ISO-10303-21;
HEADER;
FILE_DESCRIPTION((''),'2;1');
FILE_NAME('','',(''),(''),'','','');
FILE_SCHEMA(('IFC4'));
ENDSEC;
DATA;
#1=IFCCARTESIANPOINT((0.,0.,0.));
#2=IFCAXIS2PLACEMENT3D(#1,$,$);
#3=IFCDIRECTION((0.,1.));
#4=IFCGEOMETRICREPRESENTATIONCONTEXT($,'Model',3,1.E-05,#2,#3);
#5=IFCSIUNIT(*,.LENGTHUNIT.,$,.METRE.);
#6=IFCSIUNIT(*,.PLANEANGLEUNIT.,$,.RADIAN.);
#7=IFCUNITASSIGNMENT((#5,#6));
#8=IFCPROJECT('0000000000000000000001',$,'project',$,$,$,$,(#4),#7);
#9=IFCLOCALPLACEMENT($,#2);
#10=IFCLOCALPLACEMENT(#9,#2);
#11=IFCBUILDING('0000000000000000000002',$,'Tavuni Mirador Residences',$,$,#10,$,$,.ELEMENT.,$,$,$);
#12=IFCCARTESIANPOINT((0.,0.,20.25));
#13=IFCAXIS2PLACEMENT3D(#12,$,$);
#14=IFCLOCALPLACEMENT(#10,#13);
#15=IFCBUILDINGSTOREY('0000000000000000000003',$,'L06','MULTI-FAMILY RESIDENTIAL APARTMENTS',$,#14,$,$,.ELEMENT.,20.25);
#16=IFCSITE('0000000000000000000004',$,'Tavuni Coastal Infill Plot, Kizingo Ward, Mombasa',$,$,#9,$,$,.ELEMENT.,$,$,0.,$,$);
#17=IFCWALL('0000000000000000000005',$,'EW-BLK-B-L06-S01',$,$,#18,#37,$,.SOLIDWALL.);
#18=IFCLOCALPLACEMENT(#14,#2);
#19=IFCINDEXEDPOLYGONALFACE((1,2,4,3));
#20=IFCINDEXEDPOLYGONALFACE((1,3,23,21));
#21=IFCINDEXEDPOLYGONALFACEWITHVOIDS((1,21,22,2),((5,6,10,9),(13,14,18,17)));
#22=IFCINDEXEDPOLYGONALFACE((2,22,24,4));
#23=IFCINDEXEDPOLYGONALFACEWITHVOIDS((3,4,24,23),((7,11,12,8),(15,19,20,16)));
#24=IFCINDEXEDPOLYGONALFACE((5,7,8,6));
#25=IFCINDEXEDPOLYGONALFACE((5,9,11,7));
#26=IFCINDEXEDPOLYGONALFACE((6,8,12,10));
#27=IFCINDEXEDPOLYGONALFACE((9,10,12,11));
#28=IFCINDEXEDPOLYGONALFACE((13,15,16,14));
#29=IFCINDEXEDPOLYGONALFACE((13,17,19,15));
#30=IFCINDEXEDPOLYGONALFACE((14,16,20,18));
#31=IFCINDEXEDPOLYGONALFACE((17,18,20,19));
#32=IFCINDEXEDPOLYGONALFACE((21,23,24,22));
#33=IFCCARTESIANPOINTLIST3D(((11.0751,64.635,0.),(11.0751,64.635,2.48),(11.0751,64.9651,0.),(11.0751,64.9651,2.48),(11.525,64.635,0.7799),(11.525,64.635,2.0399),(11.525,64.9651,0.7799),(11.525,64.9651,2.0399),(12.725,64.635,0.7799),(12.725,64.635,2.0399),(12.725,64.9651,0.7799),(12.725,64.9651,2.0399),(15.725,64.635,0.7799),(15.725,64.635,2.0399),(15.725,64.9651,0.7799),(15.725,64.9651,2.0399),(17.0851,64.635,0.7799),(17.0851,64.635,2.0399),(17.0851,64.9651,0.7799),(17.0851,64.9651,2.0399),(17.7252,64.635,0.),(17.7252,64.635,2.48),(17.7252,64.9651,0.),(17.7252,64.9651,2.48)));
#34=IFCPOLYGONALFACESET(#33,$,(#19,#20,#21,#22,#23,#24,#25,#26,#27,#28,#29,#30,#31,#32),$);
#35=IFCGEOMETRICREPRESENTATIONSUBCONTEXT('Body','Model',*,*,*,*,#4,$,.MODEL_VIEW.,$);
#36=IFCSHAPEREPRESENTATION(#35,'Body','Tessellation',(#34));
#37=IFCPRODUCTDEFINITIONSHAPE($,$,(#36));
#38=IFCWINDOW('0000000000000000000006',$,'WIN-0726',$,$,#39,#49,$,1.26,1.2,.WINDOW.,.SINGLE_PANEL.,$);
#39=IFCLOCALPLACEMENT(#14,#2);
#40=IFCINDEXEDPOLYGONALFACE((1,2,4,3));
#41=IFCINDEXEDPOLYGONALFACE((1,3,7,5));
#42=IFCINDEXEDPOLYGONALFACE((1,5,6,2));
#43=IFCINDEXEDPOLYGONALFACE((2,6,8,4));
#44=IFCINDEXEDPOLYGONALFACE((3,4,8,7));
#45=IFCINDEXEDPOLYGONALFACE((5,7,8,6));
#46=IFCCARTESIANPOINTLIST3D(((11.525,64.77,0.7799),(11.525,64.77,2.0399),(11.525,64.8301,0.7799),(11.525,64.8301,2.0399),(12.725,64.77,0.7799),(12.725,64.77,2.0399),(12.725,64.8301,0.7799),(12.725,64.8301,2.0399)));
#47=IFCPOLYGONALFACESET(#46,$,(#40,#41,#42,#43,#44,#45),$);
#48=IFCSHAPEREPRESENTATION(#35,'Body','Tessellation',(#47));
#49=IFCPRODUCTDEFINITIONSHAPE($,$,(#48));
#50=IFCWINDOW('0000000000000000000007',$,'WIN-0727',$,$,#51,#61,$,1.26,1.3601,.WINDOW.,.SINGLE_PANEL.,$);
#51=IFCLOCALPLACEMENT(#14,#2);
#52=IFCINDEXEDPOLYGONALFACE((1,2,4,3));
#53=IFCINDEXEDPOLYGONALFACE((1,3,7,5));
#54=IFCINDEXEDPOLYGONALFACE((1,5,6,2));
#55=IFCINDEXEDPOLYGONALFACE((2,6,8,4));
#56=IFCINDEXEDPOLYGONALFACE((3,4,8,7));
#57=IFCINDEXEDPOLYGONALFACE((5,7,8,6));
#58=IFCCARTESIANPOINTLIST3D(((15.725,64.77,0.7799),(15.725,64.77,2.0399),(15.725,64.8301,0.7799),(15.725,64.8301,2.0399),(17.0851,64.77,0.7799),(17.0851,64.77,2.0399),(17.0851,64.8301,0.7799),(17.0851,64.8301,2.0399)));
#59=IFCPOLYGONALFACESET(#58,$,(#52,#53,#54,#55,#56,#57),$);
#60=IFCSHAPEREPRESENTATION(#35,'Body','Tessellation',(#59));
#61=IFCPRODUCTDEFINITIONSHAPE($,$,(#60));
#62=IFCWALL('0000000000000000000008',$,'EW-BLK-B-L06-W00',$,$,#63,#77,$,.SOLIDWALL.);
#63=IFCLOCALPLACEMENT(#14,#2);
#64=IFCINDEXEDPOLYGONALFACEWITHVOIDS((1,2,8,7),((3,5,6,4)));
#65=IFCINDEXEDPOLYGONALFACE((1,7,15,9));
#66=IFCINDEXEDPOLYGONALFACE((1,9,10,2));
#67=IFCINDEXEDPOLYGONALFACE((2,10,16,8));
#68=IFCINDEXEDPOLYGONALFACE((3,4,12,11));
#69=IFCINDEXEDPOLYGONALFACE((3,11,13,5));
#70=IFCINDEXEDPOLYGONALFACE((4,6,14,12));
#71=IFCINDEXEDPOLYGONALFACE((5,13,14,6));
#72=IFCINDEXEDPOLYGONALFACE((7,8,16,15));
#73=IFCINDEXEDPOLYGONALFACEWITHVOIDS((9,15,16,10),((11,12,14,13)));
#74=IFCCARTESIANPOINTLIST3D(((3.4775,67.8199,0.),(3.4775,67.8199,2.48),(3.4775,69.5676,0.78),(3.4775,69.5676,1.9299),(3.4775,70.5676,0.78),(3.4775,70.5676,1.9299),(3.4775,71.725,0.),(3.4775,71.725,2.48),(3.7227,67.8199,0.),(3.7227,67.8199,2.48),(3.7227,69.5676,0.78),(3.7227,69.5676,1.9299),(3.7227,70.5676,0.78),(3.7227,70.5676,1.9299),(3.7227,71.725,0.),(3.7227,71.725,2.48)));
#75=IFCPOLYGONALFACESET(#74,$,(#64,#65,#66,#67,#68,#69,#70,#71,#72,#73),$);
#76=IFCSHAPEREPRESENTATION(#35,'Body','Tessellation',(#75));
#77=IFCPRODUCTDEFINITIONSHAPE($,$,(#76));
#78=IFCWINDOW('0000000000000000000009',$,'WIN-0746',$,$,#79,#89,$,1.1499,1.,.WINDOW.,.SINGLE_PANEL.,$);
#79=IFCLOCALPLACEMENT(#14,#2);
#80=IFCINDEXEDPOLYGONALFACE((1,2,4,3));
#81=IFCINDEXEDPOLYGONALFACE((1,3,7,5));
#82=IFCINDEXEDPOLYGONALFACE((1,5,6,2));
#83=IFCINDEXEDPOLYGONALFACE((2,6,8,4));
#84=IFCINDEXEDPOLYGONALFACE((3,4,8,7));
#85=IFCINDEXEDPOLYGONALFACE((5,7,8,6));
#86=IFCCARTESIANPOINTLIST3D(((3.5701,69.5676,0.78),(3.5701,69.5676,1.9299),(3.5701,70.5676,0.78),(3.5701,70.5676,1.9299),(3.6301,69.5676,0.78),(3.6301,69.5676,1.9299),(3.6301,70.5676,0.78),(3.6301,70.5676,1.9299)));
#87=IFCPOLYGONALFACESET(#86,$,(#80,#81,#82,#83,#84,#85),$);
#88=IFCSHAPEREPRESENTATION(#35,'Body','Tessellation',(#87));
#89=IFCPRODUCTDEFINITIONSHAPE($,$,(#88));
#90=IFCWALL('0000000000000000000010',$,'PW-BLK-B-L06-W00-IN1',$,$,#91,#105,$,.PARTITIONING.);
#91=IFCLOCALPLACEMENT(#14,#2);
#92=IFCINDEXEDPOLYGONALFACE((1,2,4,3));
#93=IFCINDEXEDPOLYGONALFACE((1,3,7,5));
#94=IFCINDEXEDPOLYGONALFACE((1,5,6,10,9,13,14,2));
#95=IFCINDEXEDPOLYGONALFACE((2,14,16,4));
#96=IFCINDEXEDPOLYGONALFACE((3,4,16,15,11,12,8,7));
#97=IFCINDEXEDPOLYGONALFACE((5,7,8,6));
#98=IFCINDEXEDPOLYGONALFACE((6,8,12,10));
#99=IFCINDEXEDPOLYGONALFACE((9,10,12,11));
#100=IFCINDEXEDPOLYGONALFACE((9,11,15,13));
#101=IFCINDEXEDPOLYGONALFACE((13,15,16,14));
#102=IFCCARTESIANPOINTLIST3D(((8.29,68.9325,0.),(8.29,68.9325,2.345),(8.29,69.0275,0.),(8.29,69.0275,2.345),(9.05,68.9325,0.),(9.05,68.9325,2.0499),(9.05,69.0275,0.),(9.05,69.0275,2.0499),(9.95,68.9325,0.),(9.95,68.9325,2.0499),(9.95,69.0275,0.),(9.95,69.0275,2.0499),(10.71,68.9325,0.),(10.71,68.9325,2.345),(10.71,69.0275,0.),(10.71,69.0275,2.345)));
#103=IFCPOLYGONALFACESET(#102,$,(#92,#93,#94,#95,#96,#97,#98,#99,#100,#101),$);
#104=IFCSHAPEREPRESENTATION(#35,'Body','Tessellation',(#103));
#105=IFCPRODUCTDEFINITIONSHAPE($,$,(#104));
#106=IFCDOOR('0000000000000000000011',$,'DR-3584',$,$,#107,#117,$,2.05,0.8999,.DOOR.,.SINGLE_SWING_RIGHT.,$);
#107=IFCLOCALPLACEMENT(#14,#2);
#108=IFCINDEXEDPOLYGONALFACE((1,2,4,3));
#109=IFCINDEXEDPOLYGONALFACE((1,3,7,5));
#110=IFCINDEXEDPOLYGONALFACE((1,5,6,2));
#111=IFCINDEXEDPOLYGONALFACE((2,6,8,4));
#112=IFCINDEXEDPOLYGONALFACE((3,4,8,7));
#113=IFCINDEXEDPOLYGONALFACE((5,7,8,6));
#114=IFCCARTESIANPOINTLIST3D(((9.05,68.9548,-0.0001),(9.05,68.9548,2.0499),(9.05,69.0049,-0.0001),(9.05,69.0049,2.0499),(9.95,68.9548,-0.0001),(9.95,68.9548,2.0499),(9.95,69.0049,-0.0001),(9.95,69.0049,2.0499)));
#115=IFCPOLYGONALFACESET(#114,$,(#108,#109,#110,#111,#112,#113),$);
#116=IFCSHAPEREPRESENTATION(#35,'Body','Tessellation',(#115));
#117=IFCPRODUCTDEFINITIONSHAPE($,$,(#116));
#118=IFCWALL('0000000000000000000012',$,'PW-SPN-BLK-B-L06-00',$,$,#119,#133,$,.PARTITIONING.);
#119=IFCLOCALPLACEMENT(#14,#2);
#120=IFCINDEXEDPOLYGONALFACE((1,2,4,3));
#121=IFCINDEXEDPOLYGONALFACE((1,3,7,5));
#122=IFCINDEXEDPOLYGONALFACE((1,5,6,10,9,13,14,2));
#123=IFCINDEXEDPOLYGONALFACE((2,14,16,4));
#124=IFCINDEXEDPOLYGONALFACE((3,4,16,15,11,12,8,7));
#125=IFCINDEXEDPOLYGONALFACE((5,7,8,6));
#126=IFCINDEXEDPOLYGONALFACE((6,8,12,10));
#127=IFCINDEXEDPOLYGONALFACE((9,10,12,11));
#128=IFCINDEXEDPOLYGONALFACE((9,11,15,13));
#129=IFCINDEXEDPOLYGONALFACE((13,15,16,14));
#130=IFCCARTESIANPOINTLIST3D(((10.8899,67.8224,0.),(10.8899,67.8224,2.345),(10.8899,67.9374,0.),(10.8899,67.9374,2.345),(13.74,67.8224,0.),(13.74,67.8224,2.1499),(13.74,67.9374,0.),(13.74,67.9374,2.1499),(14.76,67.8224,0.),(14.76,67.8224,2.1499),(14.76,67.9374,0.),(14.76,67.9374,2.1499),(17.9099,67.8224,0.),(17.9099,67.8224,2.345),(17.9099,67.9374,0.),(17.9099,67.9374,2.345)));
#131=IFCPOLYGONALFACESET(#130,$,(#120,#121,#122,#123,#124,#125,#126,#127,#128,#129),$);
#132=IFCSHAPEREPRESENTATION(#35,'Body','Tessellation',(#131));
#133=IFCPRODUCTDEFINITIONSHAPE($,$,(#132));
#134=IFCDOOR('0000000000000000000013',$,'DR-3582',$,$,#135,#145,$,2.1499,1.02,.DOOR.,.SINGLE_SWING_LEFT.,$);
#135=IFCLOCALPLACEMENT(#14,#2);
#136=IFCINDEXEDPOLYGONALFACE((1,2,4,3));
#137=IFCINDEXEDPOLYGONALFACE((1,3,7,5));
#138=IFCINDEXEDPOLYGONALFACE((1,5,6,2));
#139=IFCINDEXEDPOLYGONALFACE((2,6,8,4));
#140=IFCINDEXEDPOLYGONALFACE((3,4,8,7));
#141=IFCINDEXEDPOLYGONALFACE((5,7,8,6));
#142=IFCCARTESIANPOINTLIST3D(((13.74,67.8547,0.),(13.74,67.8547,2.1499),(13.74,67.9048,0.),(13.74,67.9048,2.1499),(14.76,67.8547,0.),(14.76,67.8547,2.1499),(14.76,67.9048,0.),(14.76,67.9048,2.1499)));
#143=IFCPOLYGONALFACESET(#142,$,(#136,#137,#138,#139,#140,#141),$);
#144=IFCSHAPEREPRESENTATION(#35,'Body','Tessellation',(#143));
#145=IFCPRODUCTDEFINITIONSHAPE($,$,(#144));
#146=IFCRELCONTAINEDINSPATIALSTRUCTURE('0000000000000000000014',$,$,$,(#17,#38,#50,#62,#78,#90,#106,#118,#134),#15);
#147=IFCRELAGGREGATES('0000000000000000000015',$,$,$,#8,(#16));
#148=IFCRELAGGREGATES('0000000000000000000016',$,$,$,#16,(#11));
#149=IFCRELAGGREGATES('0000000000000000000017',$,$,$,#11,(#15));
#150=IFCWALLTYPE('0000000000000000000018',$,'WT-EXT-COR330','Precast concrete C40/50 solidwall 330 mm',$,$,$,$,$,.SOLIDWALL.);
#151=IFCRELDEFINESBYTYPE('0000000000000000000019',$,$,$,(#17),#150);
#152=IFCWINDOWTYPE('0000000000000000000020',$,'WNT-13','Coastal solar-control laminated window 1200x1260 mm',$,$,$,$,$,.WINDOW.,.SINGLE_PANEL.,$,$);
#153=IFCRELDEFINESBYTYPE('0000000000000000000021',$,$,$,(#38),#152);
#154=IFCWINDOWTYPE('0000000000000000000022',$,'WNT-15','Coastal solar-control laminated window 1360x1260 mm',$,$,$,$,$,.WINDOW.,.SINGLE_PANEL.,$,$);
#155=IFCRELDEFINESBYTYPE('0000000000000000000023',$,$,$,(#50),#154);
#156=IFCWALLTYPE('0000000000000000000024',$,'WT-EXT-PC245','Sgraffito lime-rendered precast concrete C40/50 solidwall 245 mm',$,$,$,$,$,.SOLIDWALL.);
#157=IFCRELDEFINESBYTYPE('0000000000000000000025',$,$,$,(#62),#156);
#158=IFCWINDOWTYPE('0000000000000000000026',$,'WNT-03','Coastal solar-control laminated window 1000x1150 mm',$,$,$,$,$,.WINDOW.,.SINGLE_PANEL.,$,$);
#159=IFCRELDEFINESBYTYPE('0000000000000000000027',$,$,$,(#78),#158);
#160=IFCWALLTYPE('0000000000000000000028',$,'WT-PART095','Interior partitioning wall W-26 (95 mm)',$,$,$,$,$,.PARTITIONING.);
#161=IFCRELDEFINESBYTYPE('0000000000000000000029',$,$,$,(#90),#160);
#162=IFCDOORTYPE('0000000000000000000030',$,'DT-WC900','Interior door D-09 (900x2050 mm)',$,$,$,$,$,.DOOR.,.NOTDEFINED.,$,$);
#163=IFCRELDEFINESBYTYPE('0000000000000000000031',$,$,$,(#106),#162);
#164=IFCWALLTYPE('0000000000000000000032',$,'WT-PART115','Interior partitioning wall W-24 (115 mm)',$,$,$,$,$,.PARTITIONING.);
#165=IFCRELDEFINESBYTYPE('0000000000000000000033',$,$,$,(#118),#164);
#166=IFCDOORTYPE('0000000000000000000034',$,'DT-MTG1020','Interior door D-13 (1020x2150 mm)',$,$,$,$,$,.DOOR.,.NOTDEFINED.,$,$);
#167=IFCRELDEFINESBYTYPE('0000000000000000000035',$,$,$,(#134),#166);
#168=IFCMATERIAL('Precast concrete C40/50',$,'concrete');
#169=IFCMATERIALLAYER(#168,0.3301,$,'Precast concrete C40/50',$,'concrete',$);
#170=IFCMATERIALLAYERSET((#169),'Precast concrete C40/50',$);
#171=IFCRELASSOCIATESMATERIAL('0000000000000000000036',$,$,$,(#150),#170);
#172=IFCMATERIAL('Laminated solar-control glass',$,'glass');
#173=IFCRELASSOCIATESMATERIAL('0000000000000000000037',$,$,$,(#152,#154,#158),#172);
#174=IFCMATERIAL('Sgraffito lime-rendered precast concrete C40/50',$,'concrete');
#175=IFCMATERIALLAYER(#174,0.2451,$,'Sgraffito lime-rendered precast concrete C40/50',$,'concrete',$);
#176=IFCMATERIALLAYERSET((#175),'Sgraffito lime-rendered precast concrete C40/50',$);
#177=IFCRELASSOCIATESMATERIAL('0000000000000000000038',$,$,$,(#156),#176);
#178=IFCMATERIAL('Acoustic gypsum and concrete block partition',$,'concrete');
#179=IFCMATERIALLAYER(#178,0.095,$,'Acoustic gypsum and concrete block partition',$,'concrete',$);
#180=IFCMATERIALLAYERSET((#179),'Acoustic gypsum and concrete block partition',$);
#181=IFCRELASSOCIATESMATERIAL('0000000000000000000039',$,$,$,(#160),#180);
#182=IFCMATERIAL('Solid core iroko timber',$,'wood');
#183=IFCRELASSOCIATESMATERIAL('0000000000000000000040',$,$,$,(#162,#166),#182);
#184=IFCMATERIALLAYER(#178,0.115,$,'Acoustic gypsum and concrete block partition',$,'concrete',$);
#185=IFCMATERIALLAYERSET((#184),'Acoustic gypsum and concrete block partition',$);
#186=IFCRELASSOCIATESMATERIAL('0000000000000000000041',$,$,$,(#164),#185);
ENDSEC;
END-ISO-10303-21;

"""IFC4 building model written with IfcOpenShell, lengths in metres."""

from ifc_helpers import new_model, si_unit, direction, frame, frame_2d, origin, place, context, subcontext, project, spatial, rectangle, extrude, material, layer, layer_set, type_object, element, fill, save


model = new_model("IFC4")

# Units and contexts
model_context = context("Model", 3, precision=1e-05, world=origin(), true_north=direction((0.0, 1.0)))
body_context = subcontext(model_context, "Body", "Model", "MODEL_VIEW")
ifc_project = project(units=[si_unit("LENGTHUNIT", "METRE"), si_unit("PLANEANGLEUNIT", "RADIAN")], contexts=[model_context])

# Site, building, storey
site_placement = place(None, origin())
site = spatial("IfcSite", under=ifc_project, at=site_placement, Name="Tavuni Coastal Infill Plot, Kizingo Ward, Mombasa", CompositionType="ELEMENT", RefElevation=0.0)
building_placement = place(site_placement, origin())
building = spatial("IfcBuilding", under=site, at=building_placement, Name="Tavuni Mirador Residences", CompositionType="ELEMENT")
storey_placement = place(building_placement, frame((0.0, 0.0, 20.25)))
storey = spatial("IfcBuildingStorey", under=building, at=storey_placement, Name="L06", Description="MULTI-FAMILY RESIDENTIAL APARTMENTS", CompositionType="ELEMENT", Elevation=20.25)

# Shared definitions
ifc_material_1 = material(Name="Precast concrete C40/50", Category="concrete")

# Shared definitions
ifc_material_2 = material(Name="Solid core iroko timber", Category="wood")

# Wall, openings, windows
ifc_layer_1 = layer(ifc_material_1, 0.3301, Name="Precast concrete C40/50", Category="concrete")
ifc_layer_set_1 = layer_set([ifc_layer_1], Name="Precast concrete C40/50")
wall_type_1 = type_object("IfcWallType", Name="WT-EXT-COR330", Description="Precast concrete C40/50 solidwall 330 mm", PredefinedType="SOLIDWALL", material=ifc_layer_set_1)
wall_1_placement = place(storey_placement, frame((11.075, 64.8, 0.0), z_axis=(0.0, 0.0, 1.0), x_axis=(1.0, 0.0, 0.0)))
wall_1 = element("IfcWall", 1, at=wall_1_placement, inside=storey, type_object=wall_type_1, Name="EW-BLK-B-L06-S01", PredefinedType="SOLIDWALL", context=body_context, shape_type="SweptSolid", body=[
    extrude(rectangle(XDim=6.6501, YDim=0.3301, at=frame_2d((3.3252, 0.0))), origin(), (0.0, 0.0, 1.0), 2.48),
])
opening_1_placement = place(wall_1_placement, frame((0.45, 0.0, 0.78)))
opening_1 = element("IfcOpeningElement", 2, at=opening_1_placement, cuts=wall_1, PredefinedType="OPENING", context=body_context, shape_type="SweptSolid", body=[
    extrude(rectangle(XDim=1.2, YDim=1.26, at=frame_2d((0.6001, 0.6299))), frame((0.0, 0.175, 0.0), z_axis=(0.0, -1.0, 0.0), x_axis=(1.0, 0.0, 0.0)), (0.0, 0.0, 1.0), 0.3501),
])
opening_2_placement = place(wall_1_placement, frame((4.6499, 0.0, 0.78)))
opening_2 = element("IfcOpeningElement", 3, at=opening_2_placement, cuts=wall_1, PredefinedType="OPENING", context=body_context, shape_type="SweptSolid", body=[
    extrude(rectangle(XDim=1.3601, YDim=1.26, at=frame_2d((0.6802, 0.6299))), frame((0.0, 0.175, 0.0), z_axis=(0.0, -1.0, 0.0), x_axis=(1.0, 0.0, 0.0)), (0.0, 0.0, 1.0), 0.3501),
])
ifc_material_3 = material(Name="Laminated solar-control glass", Category="glass")
window_type_1 = type_object("IfcWindowType", Name="WNT-13", Description="Coastal solar-control laminated window 1200x1260 mm", PartitioningType="SINGLE_PANEL", PredefinedType="WINDOW", material=ifc_material_3)
window_1_placement = place(opening_1_placement, origin())
window_1 = element("IfcWindow", 4, at=window_1_placement, inside=storey, type_object=window_type_1, Name="WIN-0726", OverallHeight=1.26, OverallWidth=1.2, PartitioningType="SINGLE_PANEL", PredefinedType="WINDOW", context=body_context, shape_type="SweptSolid", body=[
    extrude(rectangle(XDim=1.2, YDim=1.26, at=frame_2d((0.6001, 0.6299))), frame((0.0, 0.03, 0.0), z_axis=(0.0, -1.0, 0.0), x_axis=(1.0, 0.0, 0.0)), (0.0, 0.0, 1.0), 0.0601),
])
fill(opening_1, window_1)
window_type_2 = type_object("IfcWindowType", Name="WNT-15", Description="Coastal solar-control laminated window 1360x1260 mm", PartitioningType="SINGLE_PANEL", PredefinedType="WINDOW", material=ifc_material_3)
window_2_placement = place(opening_2_placement, origin())
window_2 = element("IfcWindow", 5, at=window_2_placement, inside=storey, type_object=window_type_2, Name="WIN-0727", OverallHeight=1.26, OverallWidth=1.3601, PartitioningType="SINGLE_PANEL", PredefinedType="WINDOW", context=body_context, shape_type="SweptSolid", body=[
    extrude(rectangle(XDim=1.3601, YDim=1.26, at=frame_2d((0.6802, 0.6299))), frame((0.0, 0.03, 0.0), z_axis=(0.0, -1.0, 0.0), x_axis=(1.0, 0.0, 0.0)), (0.0, 0.0, 1.0), 0.0601),
])
fill(opening_2, window_2)

# Wall, opening, window
ifc_material_4 = material(Name="Sgraffito lime-rendered precast concrete C40/50", Category="concrete")
ifc_layer_2 = layer(ifc_material_4, 0.2451, Name="Sgraffito lime-rendered precast concrete C40/50", Category="concrete")
ifc_layer_set_2 = layer_set([ifc_layer_2], Name="Sgraffito lime-rendered precast concrete C40/50")
wall_type_2 = type_object("IfcWallType", Name="WT-EXT-PC245", Description="Sgraffito lime-rendered precast concrete C40/50 solidwall 245 mm", PredefinedType="SOLIDWALL", material=ifc_layer_set_2)
wall_2_placement = place(storey_placement, frame((3.6001, 71.7251, 0.0), z_axis=(0.0, 0.0, 1.0), x_axis=(0.0, -1.0, 0.0)))
wall_2 = element("IfcWall", 6, at=wall_2_placement, inside=storey, type_object=wall_type_2, Name="EW-BLK-B-L06-W00", PredefinedType="SOLIDWALL", context=body_context, shape_type="SweptSolid", body=[
    extrude(rectangle(XDim=3.905, YDim=0.2451, at=frame_2d((1.9526, 0.0))), origin(), (0.0, 0.0, 1.0), 2.48),
])
opening_3_placement = place(wall_2_placement, frame((1.1575, 0.0, 0.78)))
opening_3 = element("IfcOpeningElement", 7, at=opening_3_placement, cuts=wall_2, PredefinedType="OPENING", context=body_context, shape_type="SweptSolid", body=[
    extrude(rectangle(XDim=1.0, YDim=1.1499, at=frame_2d((0.5, 0.575))), frame((0.0, 0.1326, 0.0), z_axis=(0.0, -1.0, 0.0), x_axis=(1.0, 0.0, 0.0)), (0.0, 0.0, 1.0), 0.2651),
])
window_type_3 = type_object("IfcWindowType", Name="WNT-03", Description="Coastal solar-control laminated window 1000x1150 mm", PartitioningType="SINGLE_PANEL", PredefinedType="WINDOW", material=ifc_material_3)
window_3_placement = place(opening_3_placement, origin())
window_3 = element("IfcWindow", 8, at=window_3_placement, inside=storey, type_object=window_type_3, Name="WIN-0746", OverallHeight=1.1499, OverallWidth=1.0, PartitioningType="SINGLE_PANEL", PredefinedType="WINDOW", context=body_context, shape_type="SweptSolid", body=[
    extrude(rectangle(XDim=1.0, YDim=1.1499, at=frame_2d((0.5, 0.575))), frame((0.0, 0.03, 0.0), z_axis=(0.0, -1.0, 0.0), x_axis=(1.0, 0.0, 0.0)), (0.0, 0.0, 1.0), 0.0601),
])
fill(opening_3, window_3)

# Walls, openings, doors
ifc_material_5 = material(Name="Acoustic gypsum and concrete block partition", Category="concrete")
ifc_layer_3 = layer(ifc_material_5, 0.095, Name="Acoustic gypsum and concrete block partition", Category="concrete")
ifc_layer_set_3 = layer_set([ifc_layer_3], Name="Acoustic gypsum and concrete block partition")
wall_type_3 = type_object("IfcWallType", Name="WT-PART095", Description="Interior partitioning wall W-26 (95 mm)", PredefinedType="PARTITIONING", material=ifc_layer_set_3)
wall_3_placement = place(storey_placement, frame((8.29, 68.98, 0.0), z_axis=(0.0, 0.0, 1.0), x_axis=(1.0, 0.0, 0.0)))
wall_3 = element("IfcWall", 9, at=wall_3_placement, inside=storey, type_object=wall_type_3, Name="PW-BLK-B-L06-W00-IN1", PredefinedType="PARTITIONING", context=body_context, shape_type="SweptSolid", body=[
    extrude(rectangle(XDim=2.4199, YDim=0.095, at=frame_2d((1.21, 0.0))), origin(), (0.0, 0.0, 1.0), 2.345),
])
opening_4_placement = place(wall_3_placement, frame((0.76, 0.0, 0.0)))
opening_4 = element("IfcOpeningElement", 10, at=opening_4_placement, cuts=wall_3, PredefinedType="OPENING", context=body_context, shape_type="SweptSolid", body=[
    extrude(rectangle(XDim=0.8999, YDim=2.05, at=frame_2d((0.45, 1.0249))), frame((0.0, 0.0576, 0.0), z_axis=(0.0, -1.0, 0.0), x_axis=(1.0, 0.0, 0.0)), (0.0, 0.0, 1.0), 0.115),
])
door_type_1 = type_object("IfcDoorType", Name="DT-WC900", Description="Interior door D-09 (900x2050 mm)", OperationType="NOTDEFINED", PredefinedType="DOOR", material=ifc_material_2)
door_1_placement = place(opening_4_placement, origin())
door_1 = element("IfcDoor", 11, at=door_1_placement, inside=storey, type_object=door_type_1, Name="DR-3584", OperationType="SINGLE_SWING_RIGHT", OverallHeight=2.05, OverallWidth=0.8999, PredefinedType="DOOR", context=body_context, shape_type="SweptSolid", body=[
    extrude(rectangle(XDim=0.8999, YDim=2.05, at=frame_2d((0.45, 1.0249))), frame((0.0, 0.0249, 0.0), z_axis=(0.0, -1.0, 0.0), x_axis=(1.0, 0.0, 0.0)), (0.0, 0.0, 1.0), 0.05),
])
fill(opening_4, door_1)
ifc_layer_4 = layer(ifc_material_5, 0.115, Name="Acoustic gypsum and concrete block partition", Category="concrete")
ifc_layer_set_4 = layer_set([ifc_layer_4], Name="Acoustic gypsum and concrete block partition")
wall_type_4 = type_object("IfcWallType", Name="WT-PART115", Description="Interior partitioning wall W-24 (115 mm)", PredefinedType="PARTITIONING", material=ifc_layer_set_4)
wall_4_placement = place(storey_placement, frame((10.8899, 67.8799, 0.0), z_axis=(0.0, 0.0, 1.0), x_axis=(1.0, 0.0, 0.0)))
wall_4 = element("IfcWall", 12, at=wall_4_placement, inside=storey, type_object=wall_type_4, Name="PW-SPN-BLK-B-L06-00", PredefinedType="PARTITIONING", context=body_context, shape_type="SweptSolid", body=[
    extrude(rectangle(XDim=7.02, YDim=0.115, at=frame_2d((3.51, 0.0))), origin(), (0.0, 0.0, 1.0), 2.345),
])
opening_5_placement = place(wall_4_placement, frame((2.8501, 0.0, 0.0)))
opening_5 = element("IfcOpeningElement", 13, at=opening_5_placement, cuts=wall_4, PredefinedType="OPENING", context=body_context, shape_type="SweptSolid", body=[
    extrude(rectangle(XDim=1.02, YDim=2.1499, at=frame_2d((0.51, 1.075))), frame((0.0, 0.0674, 0.0), z_axis=(0.0, -1.0, 0.0), x_axis=(1.0, 0.0, 0.0)), (0.0, 0.0, 1.0), 0.135),
])
door_type_2 = type_object("IfcDoorType", Name="DT-MTG1020", Description="Interior door D-13 (1020x2150 mm)", OperationType="NOTDEFINED", PredefinedType="DOOR", material=ifc_material_2)
door_2_placement = place(opening_5_placement, origin())
door_2 = element("IfcDoor", 14, at=door_2_placement, inside=storey, type_object=door_type_2, Name="DR-3582", OperationType="SINGLE_SWING_LEFT", OverallHeight=2.1499, OverallWidth=1.02, PredefinedType="DOOR", context=body_context, shape_type="SweptSolid", body=[
    extrude(rectangle(XDim=1.02, YDim=2.1499, at=frame_2d((0.51, 1.075))), frame((0.0, 0.0249, 0.0), z_axis=(0.0, -1.0, 0.0), x_axis=(1.0, 0.0, 0.0)), (0.0, 0.0, 1.0), 0.05),
])
fill(opening_5, door_2)

save(model, "model.ifc")
